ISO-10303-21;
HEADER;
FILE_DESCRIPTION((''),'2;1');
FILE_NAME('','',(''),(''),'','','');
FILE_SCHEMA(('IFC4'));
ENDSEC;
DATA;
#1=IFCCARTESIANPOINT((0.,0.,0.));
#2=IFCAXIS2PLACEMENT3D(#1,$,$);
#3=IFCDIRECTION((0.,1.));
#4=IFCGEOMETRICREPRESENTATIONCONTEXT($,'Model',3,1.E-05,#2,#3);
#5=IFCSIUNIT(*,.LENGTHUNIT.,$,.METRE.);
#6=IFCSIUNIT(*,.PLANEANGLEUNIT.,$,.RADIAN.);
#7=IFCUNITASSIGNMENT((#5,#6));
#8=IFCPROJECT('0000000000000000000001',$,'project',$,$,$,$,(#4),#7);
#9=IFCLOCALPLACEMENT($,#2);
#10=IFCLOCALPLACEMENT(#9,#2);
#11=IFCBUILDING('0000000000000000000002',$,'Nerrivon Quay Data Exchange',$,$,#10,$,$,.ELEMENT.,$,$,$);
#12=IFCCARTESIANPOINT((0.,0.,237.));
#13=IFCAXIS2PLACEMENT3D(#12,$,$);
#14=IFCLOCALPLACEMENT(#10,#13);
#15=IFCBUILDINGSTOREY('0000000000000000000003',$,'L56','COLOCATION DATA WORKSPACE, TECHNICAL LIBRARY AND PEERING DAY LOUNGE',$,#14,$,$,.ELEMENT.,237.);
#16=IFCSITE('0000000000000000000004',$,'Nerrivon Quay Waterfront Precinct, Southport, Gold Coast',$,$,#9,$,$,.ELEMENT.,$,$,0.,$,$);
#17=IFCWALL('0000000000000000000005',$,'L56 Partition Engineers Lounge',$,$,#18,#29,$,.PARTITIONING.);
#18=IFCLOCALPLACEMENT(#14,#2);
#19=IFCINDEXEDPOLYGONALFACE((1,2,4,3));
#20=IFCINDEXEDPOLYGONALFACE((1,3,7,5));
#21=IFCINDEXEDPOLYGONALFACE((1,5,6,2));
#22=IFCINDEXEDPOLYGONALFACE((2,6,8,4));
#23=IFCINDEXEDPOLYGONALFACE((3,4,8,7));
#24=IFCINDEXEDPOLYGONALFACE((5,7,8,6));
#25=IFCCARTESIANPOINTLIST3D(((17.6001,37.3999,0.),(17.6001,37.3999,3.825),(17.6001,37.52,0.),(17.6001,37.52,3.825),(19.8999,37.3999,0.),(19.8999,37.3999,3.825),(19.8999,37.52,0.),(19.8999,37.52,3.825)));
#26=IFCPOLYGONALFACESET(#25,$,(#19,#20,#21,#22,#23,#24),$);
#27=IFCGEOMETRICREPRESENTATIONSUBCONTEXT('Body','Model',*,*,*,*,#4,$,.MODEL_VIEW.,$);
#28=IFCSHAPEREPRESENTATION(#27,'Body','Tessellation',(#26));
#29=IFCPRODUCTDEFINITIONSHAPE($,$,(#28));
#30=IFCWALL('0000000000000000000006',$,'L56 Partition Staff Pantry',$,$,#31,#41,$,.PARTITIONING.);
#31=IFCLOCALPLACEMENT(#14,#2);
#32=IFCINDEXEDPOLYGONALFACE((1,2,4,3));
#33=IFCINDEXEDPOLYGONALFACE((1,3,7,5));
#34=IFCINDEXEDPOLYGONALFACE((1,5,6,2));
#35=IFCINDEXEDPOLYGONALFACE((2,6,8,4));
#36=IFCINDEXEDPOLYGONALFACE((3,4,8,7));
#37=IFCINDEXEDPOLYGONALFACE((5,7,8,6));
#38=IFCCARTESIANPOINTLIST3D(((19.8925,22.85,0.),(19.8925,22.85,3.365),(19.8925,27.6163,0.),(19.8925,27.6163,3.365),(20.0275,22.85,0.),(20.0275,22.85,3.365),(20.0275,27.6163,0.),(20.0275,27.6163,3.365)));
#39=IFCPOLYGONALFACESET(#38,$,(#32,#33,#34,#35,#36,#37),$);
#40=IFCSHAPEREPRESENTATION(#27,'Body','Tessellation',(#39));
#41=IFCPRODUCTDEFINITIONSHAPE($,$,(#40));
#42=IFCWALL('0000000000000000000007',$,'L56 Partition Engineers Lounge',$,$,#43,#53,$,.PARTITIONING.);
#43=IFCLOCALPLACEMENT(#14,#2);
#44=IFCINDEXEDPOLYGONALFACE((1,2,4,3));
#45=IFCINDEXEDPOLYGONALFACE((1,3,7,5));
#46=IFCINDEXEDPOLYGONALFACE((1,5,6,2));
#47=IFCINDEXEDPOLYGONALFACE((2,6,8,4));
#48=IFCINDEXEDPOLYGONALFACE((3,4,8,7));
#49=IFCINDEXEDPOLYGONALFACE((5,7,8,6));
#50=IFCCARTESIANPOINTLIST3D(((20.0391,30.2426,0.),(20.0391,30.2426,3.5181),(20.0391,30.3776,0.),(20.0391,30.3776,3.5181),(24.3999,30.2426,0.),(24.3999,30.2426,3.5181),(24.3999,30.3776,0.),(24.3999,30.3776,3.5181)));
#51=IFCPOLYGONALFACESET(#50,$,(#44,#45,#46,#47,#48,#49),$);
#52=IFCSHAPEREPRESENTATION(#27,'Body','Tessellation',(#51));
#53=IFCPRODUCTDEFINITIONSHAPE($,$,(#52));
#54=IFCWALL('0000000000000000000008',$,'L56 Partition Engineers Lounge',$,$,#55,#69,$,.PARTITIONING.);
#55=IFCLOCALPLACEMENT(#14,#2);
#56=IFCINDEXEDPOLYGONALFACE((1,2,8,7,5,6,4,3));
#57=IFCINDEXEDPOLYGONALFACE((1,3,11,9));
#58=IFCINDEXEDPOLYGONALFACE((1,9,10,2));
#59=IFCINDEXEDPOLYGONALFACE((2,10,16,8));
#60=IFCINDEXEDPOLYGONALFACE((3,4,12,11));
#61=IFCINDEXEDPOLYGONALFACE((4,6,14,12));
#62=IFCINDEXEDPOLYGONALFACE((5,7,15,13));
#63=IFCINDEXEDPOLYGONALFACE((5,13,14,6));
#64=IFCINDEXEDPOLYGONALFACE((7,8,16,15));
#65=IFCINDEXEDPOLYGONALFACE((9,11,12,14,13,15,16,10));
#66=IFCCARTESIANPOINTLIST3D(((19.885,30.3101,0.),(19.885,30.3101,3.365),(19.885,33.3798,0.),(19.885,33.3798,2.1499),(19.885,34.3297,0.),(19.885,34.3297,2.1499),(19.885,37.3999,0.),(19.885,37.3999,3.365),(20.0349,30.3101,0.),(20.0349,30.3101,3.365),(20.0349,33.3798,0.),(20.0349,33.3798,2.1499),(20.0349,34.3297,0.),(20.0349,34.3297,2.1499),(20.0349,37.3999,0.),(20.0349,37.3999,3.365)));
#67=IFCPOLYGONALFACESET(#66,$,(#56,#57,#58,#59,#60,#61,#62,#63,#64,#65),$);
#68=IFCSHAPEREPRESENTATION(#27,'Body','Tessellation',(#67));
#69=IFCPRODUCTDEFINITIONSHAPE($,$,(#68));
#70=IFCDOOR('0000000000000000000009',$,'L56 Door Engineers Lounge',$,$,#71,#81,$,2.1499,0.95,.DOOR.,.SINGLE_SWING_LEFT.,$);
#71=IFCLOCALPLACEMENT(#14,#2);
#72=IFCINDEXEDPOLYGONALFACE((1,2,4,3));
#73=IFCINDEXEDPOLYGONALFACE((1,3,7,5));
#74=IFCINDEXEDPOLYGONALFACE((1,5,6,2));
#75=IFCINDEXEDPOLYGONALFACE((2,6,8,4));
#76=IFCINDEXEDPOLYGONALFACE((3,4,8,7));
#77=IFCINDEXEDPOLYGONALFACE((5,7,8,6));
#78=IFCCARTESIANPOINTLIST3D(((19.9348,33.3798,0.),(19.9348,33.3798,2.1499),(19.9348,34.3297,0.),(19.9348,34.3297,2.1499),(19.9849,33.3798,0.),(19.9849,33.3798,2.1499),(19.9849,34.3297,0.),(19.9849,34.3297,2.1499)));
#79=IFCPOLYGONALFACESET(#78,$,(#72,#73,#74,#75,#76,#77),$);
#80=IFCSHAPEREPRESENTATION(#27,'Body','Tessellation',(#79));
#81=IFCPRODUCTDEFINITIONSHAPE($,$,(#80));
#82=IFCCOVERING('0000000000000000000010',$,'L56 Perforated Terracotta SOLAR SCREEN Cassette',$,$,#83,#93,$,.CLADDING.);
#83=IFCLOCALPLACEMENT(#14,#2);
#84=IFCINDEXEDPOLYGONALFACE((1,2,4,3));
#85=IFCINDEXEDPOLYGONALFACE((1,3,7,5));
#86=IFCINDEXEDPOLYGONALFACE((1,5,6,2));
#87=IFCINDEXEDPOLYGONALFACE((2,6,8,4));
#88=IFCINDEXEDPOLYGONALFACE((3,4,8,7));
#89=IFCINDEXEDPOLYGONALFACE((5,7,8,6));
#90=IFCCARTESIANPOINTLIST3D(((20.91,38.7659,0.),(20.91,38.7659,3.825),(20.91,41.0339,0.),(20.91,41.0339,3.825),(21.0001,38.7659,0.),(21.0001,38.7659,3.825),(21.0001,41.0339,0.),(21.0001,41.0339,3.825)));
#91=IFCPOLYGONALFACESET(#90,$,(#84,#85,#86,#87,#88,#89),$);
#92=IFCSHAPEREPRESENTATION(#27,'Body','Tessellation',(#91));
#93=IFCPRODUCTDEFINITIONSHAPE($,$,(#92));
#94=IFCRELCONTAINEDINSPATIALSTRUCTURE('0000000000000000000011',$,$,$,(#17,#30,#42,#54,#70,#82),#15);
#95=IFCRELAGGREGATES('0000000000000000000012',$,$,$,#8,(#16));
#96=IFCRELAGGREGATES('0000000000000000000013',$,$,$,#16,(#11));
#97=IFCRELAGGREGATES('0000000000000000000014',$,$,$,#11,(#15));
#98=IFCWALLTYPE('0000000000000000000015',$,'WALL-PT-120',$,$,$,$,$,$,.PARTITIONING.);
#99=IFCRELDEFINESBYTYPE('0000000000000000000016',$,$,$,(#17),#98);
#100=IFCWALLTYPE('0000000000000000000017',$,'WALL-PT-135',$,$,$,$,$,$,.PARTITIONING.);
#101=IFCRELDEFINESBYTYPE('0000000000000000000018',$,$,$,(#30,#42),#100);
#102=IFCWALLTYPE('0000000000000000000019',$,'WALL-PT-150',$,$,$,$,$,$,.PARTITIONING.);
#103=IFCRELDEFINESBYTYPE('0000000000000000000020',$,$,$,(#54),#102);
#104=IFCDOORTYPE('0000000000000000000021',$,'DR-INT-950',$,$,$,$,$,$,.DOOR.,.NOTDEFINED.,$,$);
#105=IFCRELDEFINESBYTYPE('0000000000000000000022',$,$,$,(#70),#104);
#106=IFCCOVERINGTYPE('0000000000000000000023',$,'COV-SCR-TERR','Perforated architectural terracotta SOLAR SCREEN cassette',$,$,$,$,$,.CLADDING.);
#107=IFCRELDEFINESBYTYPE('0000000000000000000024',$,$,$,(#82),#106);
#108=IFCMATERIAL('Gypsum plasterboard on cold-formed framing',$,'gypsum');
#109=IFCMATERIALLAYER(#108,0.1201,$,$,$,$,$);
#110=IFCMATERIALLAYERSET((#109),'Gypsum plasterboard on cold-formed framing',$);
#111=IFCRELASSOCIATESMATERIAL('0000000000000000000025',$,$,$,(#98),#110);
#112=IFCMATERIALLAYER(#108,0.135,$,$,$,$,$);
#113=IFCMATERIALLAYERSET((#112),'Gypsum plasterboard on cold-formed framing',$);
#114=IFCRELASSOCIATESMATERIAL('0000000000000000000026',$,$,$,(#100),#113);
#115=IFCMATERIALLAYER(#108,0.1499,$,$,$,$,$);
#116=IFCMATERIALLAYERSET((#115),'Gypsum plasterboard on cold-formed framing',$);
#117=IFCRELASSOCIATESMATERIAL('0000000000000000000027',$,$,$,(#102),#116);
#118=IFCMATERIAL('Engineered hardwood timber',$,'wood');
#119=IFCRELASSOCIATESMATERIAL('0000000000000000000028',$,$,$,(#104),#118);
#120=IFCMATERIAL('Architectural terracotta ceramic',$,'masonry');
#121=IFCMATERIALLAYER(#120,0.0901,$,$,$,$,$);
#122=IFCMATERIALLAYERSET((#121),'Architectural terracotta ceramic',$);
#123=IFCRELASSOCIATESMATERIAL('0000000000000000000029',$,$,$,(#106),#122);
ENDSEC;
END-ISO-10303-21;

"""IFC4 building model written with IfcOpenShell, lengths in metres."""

from ifc_helpers import new_model, si_unit, direction, frame, frame_2d, origin, origin_2d, place, context, subcontext, project, spatial, rectangle, extrude, material, layer, layer_set, type_object, element, fill, save


model = new_model("IFC4")

# Units and contexts
model_context = context("Model", 3, precision=1e-05, world=origin(), true_north=direction((0.0, 1.0)))
body_context = subcontext(model_context, "Body", "Model", "MODEL_VIEW")
ifc_project = project(units=[si_unit("LENGTHUNIT", "METRE"), si_unit("PLANEANGLEUNIT", "RADIAN")], contexts=[model_context])

# Site, building, storey
site_placement = place(None, origin())
site = spatial("IfcSite", under=ifc_project, at=site_placement, Name="Nerrivon Quay Waterfront Precinct, Southport, Gold Coast", CompositionType="ELEMENT", RefElevation=0.0)
building_placement = place(site_placement, origin())
building = spatial("IfcBuilding", under=site, at=building_placement, Name="Nerrivon Quay Data Exchange", CompositionType="ELEMENT")
storey_placement = place(building_placement, frame((0.0, 0.0, 237.0)))
storey = spatial("IfcBuildingStorey", under=building, at=storey_placement, Name="L56", Description="COLOCATION DATA WORKSPACE, TECHNICAL LIBRARY AND PEERING DAY LOUNGE", CompositionType="ELEMENT", Elevation=237.0)

# Walls
ifc_material_1 = material(Name="Gypsum plasterboard on cold-formed framing", Category="gypsum")
ifc_layer_1 = layer(ifc_material_1, 0.1201)
ifc_layer_set_1 = layer_set([ifc_layer_1], Name="Gypsum plasterboard on cold-formed framing")
wall_type_1 = type_object("IfcWallType", Name="WALL-PT-120", PredefinedType="PARTITIONING", material=ifc_layer_set_1)
wall_1_placement = place(storey_placement, frame((17.6001, 37.46, 0.0), z_axis=(0.0, 0.0, 1.0), x_axis=(1.0, 0.0, 0.0)))
element("IfcWall", 1, at=wall_1_placement, inside=storey, type_object=wall_type_1, Name="L56 Partition Engineers Lounge", PredefinedType="PARTITIONING", context=body_context, shape_type="SweptSolid", body=[
    extrude(rectangle(XDim=2.2998, YDim=0.1201, at=frame_2d((1.1499, 0.0))), origin(), (0.0, 0.0, 1.0), 3.825),
])
ifc_layer_2 = layer(ifc_material_1, 0.135)
ifc_layer_set_2 = layer_set([ifc_layer_2], Name="Gypsum plasterboard on cold-formed framing")
wall_type_2 = type_object("IfcWallType", Name="WALL-PT-135", PredefinedType="PARTITIONING", material=ifc_layer_set_2)
wall_2_placement = place(storey_placement, frame((19.96, 27.6165, 0.0), z_axis=(0.0, 0.0, 1.0), x_axis=(0.0, -1.0, 0.0)))
element("IfcWall", 2, at=wall_2_placement, inside=storey, type_object=wall_type_2, Name="L56 Partition Staff Pantry", PredefinedType="PARTITIONING", context=body_context, shape_type="SweptSolid", body=[
    extrude(rectangle(XDim=4.7664, YDim=0.135, at=frame_2d((2.3833, 0.0))), origin(), (0.0, 0.0, 1.0), 3.365),
])
wall_3_placement = place(storey_placement, frame((20.0391, 30.3101, 0.0), z_axis=(0.0, 0.0, 1.0), x_axis=(1.0, 0.0, 0.0)))
element("IfcWall", 3, at=wall_3_placement, inside=storey, type_object=wall_type_2, Name="L56 Partition Engineers Lounge", PredefinedType="PARTITIONING", context=body_context, shape_type="SweptSolid", body=[
    extrude(rectangle(XDim=4.3608, YDim=0.135, at=frame_2d((2.1804, 0.0))), origin(), (0.0, 0.0, 1.0), 3.5181),
])

# Wall, opening, door
ifc_layer_3 = layer(ifc_material_1, 0.1499)
ifc_layer_set_3 = layer_set([ifc_layer_3], Name="Gypsum plasterboard on cold-formed framing")
wall_type_3 = type_object("IfcWallType", Name="WALL-PT-150", PredefinedType="PARTITIONING", material=ifc_layer_set_3)
wall_4_placement = place(storey_placement, frame((19.96, 37.3999, 0.0), z_axis=(0.0, 0.0, 1.0), x_axis=(0.0, -1.0, 0.0)))
wall_4 = element("IfcWall", 4, at=wall_4_placement, inside=storey, type_object=wall_type_3, Name="L56 Partition Engineers Lounge", PredefinedType="PARTITIONING", context=body_context, shape_type="SweptSolid", body=[
    extrude(rectangle(XDim=7.0898, YDim=0.1499, at=frame_2d((3.5449, 0.0))), origin(), (0.0, 0.0, 1.0), 3.365),
])
opening_1_placement = place(wall_4_placement, frame((3.0701, 0.0, 0.0)))
opening_1 = element("IfcOpeningElement", 5, at=opening_1_placement, cuts=wall_4, PredefinedType="OPENING", context=body_context, shape_type="SweptSolid", body=[
    extrude(rectangle(XDim=0.95, YDim=2.1499, at=frame_2d((0.4751, 1.075))), frame((0.0, 0.085, 0.0), z_axis=(0.0, -1.0, 0.0), x_axis=(1.0, 0.0, 0.0)), (0.0, 0.0, 1.0), 0.1699),
])
ifc_material_2 = material(Name="Engineered hardwood timber", Category="wood")
door_type_1 = type_object("IfcDoorType", Name="DR-INT-950", OperationType="NOTDEFINED", PredefinedType="DOOR", material=ifc_material_2)
door_1_placement = place(opening_1_placement, origin())
door_1 = element("IfcDoor", 6, at=door_1_placement, inside=storey, type_object=door_type_1, Name="L56 Door Engineers Lounge", OperationType="SINGLE_SWING_LEFT", OverallHeight=2.1499, OverallWidth=0.95, PredefinedType="DOOR", context=body_context, shape_type="SweptSolid", body=[
    extrude(rectangle(XDim=0.95, YDim=2.1499, at=frame_2d((0.4751, 1.075))), frame((0.0, 0.0249, 0.0), z_axis=(0.0, -1.0, 0.0), x_axis=(1.0, 0.0, 0.0)), (0.0, 0.0, 1.0), 0.05),
])
fill(opening_1, door_1)

# Covering
ifc_material_3 = material(Name="Architectural terracotta ceramic", Category="masonry")
ifc_layer_4 = layer(ifc_material_3, 0.0901)
ifc_layer_set_4 = layer_set([ifc_layer_4], Name="Architectural terracotta ceramic")
covering_type = type_object("IfcCoveringType", Name="COV-SCR-TERR", Description="Perforated architectural terracotta SOLAR SCREEN cassette", PredefinedType="CLADDING", material=ifc_layer_set_4)
covering_placement = place(storey_placement, frame((20.9551, 39.8999, 0.0), z_axis=(0.0, 0.0, 1.0), x_axis=(0.0, -1.0, 0.0)))
element("IfcCovering", 7, at=covering_placement, inside=storey, type_object=covering_type, Name="L56 Perforated Terracotta SOLAR SCREEN Cassette", PredefinedType="CLADDING", context=body_context, shape_type="SweptSolid", body=[
    extrude(rectangle(XDim=2.2681, YDim=0.0901, at=origin_2d()), origin(), (0.0, 0.0, 1.0), 3.825),
])

save(model, "model.ifc")
